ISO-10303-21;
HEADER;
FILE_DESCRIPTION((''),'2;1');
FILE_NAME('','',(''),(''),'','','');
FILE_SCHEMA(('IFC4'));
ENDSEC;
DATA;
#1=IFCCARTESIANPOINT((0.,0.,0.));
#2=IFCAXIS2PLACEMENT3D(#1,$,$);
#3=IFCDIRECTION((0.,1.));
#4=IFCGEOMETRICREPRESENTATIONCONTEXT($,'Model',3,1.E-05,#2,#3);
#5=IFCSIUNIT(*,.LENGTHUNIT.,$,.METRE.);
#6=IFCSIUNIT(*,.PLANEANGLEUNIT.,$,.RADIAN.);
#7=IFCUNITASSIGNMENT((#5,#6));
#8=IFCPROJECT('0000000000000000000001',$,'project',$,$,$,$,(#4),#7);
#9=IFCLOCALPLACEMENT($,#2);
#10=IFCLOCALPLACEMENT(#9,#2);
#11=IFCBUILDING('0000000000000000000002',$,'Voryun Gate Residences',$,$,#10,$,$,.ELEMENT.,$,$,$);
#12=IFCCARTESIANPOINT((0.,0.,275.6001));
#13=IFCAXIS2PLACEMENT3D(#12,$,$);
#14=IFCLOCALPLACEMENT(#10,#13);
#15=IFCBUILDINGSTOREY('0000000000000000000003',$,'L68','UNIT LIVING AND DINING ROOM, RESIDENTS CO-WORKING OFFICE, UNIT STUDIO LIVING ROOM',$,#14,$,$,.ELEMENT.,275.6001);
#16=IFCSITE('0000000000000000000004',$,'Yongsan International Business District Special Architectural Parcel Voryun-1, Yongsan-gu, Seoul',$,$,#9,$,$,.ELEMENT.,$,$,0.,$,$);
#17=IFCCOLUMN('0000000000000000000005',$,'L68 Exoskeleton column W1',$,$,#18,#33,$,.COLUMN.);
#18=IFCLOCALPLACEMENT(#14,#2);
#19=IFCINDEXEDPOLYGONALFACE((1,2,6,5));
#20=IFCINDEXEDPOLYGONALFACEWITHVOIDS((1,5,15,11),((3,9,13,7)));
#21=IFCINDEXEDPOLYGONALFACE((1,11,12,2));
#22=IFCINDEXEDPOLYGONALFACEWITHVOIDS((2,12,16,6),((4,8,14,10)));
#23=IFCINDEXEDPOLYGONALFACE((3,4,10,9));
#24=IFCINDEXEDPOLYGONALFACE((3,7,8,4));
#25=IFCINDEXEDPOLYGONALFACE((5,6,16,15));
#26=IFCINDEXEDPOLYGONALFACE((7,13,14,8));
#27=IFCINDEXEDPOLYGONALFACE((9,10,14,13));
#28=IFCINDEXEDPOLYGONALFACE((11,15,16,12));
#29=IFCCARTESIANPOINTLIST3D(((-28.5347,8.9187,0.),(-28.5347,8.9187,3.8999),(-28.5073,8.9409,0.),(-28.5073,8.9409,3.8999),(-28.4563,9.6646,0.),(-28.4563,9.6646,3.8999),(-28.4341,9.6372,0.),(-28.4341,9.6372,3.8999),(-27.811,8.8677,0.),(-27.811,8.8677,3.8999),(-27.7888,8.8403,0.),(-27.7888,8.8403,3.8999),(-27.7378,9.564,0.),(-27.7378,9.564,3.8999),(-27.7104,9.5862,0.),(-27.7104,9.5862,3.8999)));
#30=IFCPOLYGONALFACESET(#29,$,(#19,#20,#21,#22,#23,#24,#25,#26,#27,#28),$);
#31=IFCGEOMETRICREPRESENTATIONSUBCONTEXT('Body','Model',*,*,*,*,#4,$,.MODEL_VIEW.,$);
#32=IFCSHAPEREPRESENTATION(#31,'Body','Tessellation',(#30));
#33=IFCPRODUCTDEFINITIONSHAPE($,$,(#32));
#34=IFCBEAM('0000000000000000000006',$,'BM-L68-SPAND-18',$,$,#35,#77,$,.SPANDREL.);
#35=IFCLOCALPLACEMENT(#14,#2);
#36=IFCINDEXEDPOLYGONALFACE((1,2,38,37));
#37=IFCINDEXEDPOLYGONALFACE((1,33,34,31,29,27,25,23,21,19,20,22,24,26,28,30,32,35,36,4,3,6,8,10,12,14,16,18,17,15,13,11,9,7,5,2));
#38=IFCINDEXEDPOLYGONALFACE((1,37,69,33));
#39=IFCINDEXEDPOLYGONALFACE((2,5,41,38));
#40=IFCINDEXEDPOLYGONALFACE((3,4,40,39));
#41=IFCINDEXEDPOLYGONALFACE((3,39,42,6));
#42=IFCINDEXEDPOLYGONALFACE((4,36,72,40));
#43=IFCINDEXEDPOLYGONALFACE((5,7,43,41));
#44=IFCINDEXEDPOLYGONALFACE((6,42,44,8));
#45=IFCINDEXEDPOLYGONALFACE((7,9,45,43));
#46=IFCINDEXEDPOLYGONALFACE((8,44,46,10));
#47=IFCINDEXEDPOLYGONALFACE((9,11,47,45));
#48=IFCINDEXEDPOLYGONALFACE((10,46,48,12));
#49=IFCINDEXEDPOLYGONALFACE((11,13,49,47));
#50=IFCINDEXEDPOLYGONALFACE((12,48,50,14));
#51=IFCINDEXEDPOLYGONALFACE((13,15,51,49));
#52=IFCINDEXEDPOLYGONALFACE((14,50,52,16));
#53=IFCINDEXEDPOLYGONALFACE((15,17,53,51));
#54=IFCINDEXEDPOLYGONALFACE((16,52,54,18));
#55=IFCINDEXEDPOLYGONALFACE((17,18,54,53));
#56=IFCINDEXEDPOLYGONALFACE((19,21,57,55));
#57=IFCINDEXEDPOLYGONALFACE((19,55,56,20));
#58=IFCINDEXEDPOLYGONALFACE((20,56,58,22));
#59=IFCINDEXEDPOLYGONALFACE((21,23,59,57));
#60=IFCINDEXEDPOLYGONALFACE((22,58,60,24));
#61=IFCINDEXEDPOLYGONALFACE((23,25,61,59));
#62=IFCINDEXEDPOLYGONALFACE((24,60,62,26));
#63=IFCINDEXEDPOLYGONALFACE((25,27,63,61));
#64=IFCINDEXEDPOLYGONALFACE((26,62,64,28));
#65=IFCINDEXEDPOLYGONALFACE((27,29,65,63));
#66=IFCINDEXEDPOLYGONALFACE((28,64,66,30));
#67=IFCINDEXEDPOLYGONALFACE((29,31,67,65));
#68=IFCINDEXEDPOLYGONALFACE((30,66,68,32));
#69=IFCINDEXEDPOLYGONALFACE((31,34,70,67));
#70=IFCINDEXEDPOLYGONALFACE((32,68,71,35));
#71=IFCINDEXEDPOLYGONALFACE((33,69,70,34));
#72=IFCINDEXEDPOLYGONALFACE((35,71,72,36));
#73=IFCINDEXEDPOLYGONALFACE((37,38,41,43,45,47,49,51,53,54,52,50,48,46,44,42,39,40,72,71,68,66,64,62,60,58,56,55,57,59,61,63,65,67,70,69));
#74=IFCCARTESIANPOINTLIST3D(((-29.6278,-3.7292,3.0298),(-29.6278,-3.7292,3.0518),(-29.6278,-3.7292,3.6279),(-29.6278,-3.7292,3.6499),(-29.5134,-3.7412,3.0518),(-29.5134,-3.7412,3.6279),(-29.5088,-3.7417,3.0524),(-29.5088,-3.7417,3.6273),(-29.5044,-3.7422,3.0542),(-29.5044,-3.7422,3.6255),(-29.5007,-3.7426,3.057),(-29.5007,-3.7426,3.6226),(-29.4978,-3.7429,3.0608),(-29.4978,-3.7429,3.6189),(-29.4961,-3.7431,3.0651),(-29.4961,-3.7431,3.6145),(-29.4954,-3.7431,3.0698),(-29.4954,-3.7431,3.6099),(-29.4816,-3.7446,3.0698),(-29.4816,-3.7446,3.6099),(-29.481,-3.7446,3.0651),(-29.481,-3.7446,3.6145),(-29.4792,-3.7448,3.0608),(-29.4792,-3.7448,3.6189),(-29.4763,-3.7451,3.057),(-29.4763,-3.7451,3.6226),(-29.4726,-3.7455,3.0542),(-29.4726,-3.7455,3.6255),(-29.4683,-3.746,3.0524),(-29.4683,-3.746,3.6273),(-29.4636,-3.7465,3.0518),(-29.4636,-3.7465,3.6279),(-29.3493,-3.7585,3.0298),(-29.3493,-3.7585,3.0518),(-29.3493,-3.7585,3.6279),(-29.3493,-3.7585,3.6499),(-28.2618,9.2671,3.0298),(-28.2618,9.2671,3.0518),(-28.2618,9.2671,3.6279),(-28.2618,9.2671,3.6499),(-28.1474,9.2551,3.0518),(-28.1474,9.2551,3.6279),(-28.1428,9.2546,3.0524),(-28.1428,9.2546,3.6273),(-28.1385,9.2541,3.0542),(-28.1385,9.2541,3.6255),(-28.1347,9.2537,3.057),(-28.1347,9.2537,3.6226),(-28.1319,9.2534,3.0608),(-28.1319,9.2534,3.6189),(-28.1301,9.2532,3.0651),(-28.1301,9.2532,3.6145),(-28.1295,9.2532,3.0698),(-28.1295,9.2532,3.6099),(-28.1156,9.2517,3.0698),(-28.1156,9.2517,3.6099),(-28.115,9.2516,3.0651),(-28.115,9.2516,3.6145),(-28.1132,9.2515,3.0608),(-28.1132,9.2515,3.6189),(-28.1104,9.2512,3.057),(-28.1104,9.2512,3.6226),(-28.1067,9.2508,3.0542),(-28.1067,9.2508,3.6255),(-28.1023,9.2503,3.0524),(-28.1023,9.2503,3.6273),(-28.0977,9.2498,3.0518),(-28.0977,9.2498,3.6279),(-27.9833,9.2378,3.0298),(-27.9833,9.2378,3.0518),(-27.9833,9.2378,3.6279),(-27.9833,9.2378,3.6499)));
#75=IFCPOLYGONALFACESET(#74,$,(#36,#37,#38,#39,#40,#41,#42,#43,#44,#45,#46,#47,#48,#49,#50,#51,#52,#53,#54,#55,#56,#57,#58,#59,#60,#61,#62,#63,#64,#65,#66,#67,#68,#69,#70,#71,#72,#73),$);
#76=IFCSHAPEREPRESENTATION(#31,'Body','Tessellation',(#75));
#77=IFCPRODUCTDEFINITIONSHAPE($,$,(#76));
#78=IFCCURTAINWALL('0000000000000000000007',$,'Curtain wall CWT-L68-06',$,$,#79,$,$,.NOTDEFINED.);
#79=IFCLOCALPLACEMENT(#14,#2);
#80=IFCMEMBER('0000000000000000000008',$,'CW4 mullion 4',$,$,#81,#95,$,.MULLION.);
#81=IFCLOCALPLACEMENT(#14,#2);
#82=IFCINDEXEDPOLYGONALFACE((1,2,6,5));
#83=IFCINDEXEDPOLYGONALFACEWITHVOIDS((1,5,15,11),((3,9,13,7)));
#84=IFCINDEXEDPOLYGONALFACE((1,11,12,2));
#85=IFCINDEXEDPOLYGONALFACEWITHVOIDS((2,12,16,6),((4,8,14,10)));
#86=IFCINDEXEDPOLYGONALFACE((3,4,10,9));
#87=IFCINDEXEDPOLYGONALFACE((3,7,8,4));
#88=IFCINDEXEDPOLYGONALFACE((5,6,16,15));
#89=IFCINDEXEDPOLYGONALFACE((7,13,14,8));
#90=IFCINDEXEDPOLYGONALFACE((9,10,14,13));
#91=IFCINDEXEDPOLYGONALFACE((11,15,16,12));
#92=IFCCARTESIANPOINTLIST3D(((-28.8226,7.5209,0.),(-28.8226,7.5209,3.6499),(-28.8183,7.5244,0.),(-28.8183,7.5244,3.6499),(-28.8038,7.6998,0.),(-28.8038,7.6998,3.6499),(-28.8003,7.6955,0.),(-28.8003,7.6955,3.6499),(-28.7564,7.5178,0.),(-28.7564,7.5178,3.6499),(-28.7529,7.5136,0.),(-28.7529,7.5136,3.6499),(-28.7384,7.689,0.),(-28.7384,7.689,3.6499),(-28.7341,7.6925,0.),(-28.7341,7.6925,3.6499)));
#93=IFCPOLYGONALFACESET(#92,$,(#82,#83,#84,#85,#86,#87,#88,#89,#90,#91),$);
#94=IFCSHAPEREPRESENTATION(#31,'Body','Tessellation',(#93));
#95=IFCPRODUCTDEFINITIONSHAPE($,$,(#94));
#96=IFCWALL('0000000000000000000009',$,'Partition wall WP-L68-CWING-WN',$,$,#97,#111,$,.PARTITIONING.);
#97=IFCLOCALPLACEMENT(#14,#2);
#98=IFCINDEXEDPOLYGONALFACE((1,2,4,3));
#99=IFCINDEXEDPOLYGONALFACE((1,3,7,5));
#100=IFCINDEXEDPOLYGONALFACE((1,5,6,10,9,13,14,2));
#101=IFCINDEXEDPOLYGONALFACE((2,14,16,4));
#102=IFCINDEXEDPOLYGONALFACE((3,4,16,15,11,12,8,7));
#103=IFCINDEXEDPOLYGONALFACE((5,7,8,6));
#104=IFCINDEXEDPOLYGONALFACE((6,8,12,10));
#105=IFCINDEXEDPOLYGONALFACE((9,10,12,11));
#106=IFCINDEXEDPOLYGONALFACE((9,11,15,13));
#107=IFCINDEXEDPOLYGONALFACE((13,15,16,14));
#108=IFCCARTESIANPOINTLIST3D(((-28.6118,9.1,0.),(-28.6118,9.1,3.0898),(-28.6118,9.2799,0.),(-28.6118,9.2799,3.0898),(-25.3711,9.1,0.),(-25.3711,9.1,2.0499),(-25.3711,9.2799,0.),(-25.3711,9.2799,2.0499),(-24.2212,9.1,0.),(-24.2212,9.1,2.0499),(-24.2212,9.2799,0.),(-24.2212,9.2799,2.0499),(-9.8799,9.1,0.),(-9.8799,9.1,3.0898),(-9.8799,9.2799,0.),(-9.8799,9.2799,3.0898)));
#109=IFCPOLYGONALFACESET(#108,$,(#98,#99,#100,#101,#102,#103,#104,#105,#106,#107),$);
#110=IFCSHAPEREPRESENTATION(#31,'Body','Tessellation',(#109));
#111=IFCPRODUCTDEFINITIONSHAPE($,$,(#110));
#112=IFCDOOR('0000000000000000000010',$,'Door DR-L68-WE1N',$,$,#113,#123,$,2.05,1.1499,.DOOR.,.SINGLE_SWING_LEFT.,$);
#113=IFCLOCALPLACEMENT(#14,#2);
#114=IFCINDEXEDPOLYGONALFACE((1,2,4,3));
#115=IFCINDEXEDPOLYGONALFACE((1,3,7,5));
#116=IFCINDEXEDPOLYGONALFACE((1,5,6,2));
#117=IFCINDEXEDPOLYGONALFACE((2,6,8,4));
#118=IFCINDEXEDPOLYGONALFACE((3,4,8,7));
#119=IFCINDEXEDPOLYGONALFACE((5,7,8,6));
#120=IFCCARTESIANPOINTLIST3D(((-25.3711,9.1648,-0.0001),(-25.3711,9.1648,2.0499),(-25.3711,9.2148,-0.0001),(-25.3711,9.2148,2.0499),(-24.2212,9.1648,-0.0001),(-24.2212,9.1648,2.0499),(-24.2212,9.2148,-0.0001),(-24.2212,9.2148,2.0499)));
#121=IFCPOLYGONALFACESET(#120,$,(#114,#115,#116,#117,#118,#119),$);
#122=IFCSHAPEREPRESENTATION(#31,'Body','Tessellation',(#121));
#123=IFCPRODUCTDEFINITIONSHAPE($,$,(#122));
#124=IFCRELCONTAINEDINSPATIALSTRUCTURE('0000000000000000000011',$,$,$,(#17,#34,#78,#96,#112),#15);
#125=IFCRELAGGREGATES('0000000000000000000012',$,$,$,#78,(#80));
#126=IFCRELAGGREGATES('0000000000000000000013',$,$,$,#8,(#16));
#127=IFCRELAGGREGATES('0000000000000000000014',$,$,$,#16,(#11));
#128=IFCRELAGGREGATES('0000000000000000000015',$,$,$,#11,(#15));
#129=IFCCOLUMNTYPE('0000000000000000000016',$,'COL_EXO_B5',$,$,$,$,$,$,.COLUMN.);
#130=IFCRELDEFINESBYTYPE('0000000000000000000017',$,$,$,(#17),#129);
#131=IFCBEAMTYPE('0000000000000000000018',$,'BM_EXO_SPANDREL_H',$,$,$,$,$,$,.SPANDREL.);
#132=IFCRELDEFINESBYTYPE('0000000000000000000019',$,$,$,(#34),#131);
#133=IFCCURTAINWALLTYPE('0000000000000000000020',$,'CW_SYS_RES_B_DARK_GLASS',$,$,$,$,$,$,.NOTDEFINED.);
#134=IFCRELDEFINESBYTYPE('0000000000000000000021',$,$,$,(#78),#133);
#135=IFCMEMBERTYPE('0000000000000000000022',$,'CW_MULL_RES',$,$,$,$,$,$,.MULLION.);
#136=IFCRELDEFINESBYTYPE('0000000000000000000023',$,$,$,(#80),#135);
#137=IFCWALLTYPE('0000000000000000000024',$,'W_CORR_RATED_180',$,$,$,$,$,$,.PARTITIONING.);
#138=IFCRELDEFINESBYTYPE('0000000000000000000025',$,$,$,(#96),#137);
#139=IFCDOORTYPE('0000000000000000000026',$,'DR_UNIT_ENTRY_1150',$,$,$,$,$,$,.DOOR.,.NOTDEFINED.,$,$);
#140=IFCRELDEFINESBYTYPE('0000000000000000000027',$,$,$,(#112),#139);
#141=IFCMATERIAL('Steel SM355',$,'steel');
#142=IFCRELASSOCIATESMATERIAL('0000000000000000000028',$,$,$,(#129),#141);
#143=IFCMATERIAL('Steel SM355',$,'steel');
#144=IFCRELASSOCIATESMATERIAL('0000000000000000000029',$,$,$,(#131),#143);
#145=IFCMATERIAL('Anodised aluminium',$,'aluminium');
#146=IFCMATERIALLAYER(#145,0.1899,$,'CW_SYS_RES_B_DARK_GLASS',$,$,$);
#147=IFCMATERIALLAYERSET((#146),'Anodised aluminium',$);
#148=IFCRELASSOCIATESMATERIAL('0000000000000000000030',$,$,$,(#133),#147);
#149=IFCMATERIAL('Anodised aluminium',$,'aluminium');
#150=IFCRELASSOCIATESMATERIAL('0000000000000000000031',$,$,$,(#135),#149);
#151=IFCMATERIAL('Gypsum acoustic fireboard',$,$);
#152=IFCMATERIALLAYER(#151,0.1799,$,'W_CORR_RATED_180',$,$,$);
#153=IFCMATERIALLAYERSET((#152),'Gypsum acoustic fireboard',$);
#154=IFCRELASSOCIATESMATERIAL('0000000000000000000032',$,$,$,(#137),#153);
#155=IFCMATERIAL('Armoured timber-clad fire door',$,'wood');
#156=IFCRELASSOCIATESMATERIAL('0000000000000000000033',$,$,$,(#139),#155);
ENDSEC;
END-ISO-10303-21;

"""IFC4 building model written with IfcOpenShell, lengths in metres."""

from ifc_helpers import new_model, si_unit, direction, frame, frame_2d, origin, origin_2d, place, context, subcontext, project, spatial, rectangle, hollow_rectangle, i_section, extrude, material, layer, layer_set, material_profile, profile_set, type_object, element, fill, aggregate, save


model = new_model("IFC4")

# Units and contexts
model_context = context("Model", 3, precision=1e-05, world=origin(), true_north=direction((0.0, 1.0)))
body_context = subcontext(model_context, "Body", "Model", "MODEL_VIEW")
ifc_project = project(units=[si_unit("LENGTHUNIT", "METRE"), si_unit("PLANEANGLEUNIT", "RADIAN")], contexts=[model_context])

# Site, building, storey
site_placement = place(None, origin())
site = spatial("IfcSite", under=ifc_project, at=site_placement, Name="Yongsan International Business District Special Architectural Parcel Voryun-1, Yongsan-gu, Seoul", CompositionType="ELEMENT", RefElevation=0.0)
building_placement = place(site_placement, origin())
building = spatial("IfcBuilding", under=site, at=building_placement, Name="Voryun Gate Residences", CompositionType="ELEMENT")
storey_placement = place(building_placement, frame((0.0, 0.0, 275.6001)))
storey = spatial("IfcBuildingStorey", under=building, at=storey_placement, Name="L68", Description="UNIT LIVING AND DINING ROOM, RESIDENTS CO-WORKING OFFICE, UNIT STUDIO LIVING ROOM", CompositionType="ELEMENT", Elevation=275.6001)

# Column
ifc_material_1 = material(Name="Steel SM355", Category="steel")
ifc_material_profile_1 = material_profile(ifc_material_1, hollow_rectangle(XDim=0.75, YDim=0.75, WallThickness=0.0249, at=origin_2d()), Name="BOX-750x750x25")
ifc_profile_set_1 = profile_set([ifc_material_profile_1], Name="Steel SM355")
column_type = type_object("IfcColumnType", Name="COL_EXO_B5", PredefinedType="COLUMN", material=ifc_profile_set_1)
column_placement = place(storey_placement, frame((-28.1226, 9.2524, 0.0), z_axis=(0.0, 0.0, 1.0), x_axis=(0.994522, -0.104528, 0.0)))
element("IfcColumn", 1, at=column_placement, inside=storey, type_object=column_type, Name="L68 Exoskeleton column W1", PredefinedType="COLUMN", context=body_context, shape_type="SweptSolid", body=[
    extrude(hollow_rectangle(XDim=0.75, YDim=0.75, WallThickness=0.0249, at=origin_2d()), origin(), (0.0, 0.0, 1.0), 3.8999),
])

# Beam
ifc_material_2 = material(Name="Steel SM355", Category="steel")
ifc_material_profile_2 = material_profile(ifc_material_2, i_section(OverallWidth=0.28, OverallDepth=0.6201, WebThickness=0.0139, FlangeThickness=0.022, FilletRadius=0.0181, at=origin_2d()), Name="H-620x280x14x22")
ifc_profile_set_2 = profile_set([ifc_material_profile_2], Name="Steel SM355")
beam_type = type_object("IfcBeamType", Name="BM_EXO_SPANDREL_H", PredefinedType="SPANDREL", material=ifc_profile_set_2)
beam_placement = place(storey_placement, frame((-28.1226, 9.2524, 3.3398), z_axis=(-0.104528, -0.994522, 0.0), x_axis=(0.994522, -0.104528, 0.0)))
element("IfcBeam", 2, at=beam_placement, inside=storey, type_object=beam_type, Name="BM-L68-SPAND-18", PredefinedType="SPANDREL", context=body_context, shape_type="SweptSolid", body=[
    extrude(i_section(OverallWidth=0.28, OverallDepth=0.6201, WebThickness=0.0139, FlangeThickness=0.022, FilletRadius=0.0181, at=origin_2d()), origin(), (0.0, 0.0, 1.0), 13.0679),
])

# Curtain wall, member
ifc_material_3 = material(Name="Anodised aluminium", Category="aluminium")
ifc_layer_1 = layer(ifc_material_3, 0.1899, Name="CW_SYS_RES_B_DARK_GLASS")
ifc_layer_set_1 = layer_set([ifc_layer_1], Name="Anodised aluminium")
curtain_wall_type = type_object("IfcCurtainWallType", Name="CW_SYS_RES_B_DARK_GLASS", PredefinedType="NOTDEFINED", material=ifc_layer_set_1)
curtain_wall_placement = place(storey_placement, origin())
curtain_wall = element("IfcCurtainWall", 3, at=curtain_wall_placement, inside=storey, type_object=curtain_wall_type, Name="Curtain wall CWT-L68-06", PredefinedType="NOTDEFINED")
ifc_material_4 = material(Name="Anodised aluminium", Category="aluminium")
ifc_material_profile_3 = material_profile(ifc_material_4, hollow_rectangle(XDim=0.0701, YDim=0.1799, WallThickness=0.0039, at=origin_2d()), Name="ALU-MULL-180x70x4")
ifc_profile_set_3 = profile_set([ifc_material_profile_3], Name="Anodised aluminium")
member_type = type_object("IfcMemberType", Name="CW_MULL_RES", PredefinedType="MULLION", material=ifc_profile_set_3)
member_placement = place(storey_placement, frame((-28.7783, 7.6067, 0.0), z_axis=(0.0, 0.0, 1.0), x_axis=(-0.994521, 0.104536, 0.0)))
member = element("IfcMember", 4, at=member_placement, type_object=member_type, Name="CW4 mullion 4", PredefinedType="MULLION", context=body_context, shape_type="SweptSolid", body=[
    extrude(hollow_rectangle(XDim=0.0701, YDim=0.1799, WallThickness=0.0039, at=origin_2d()), origin(), (0.0, 0.0, 1.0), 3.6499),
])
aggregate(curtain_wall, [member])

# Wall, opening, door
ifc_material_5 = material(Name="Gypsum acoustic fireboard")
ifc_layer_2 = layer(ifc_material_5, 0.1799, Name="W_CORR_RATED_180")
ifc_layer_set_2 = layer_set([ifc_layer_2], Name="Gypsum acoustic fireboard")
wall_type_1 = type_object("IfcWallType", Name="W_CORR_RATED_180", PredefinedType="PARTITIONING", material=ifc_layer_set_2)
wall_1_placement = place(storey_placement, frame((-28.6118, 9.1899, 0.0), z_axis=(0.0, 0.0, 1.0), x_axis=(1.0, 0.0, 0.0)))
wall_1 = element("IfcWall", 5, at=wall_1_placement, inside=storey, type_object=wall_type_1, Name="Partition wall WP-L68-CWING-WN", PredefinedType="PARTITIONING", context=body_context, shape_type="SweptSolid", body=[
    extrude(rectangle(XDim=18.7319, YDim=0.1799, at=frame_2d((9.366, 0.0))), origin(), (0.0, 0.0, 1.0), 3.0898),
])
opening_1_placement = place(wall_1_placement, frame((3.2407, 0.0, 0.0)))
opening_1 = element("IfcOpeningElement", 6, at=opening_1_placement, cuts=wall_1, PredefinedType="OPENING", context=body_context, shape_type="SweptSolid", body=[
    extrude(rectangle(XDim=1.1499, YDim=2.05, at=frame_2d((0.575, 1.0249))), frame((0.0, 0.0999, 0.0), z_axis=(0.0, -1.0, 0.0), x_axis=(1.0, 0.0, 0.0)), (0.0, 0.0, 1.0), 0.2),
])
ifc_material_6 = material(Name="Armoured timber-clad fire door", Category="wood")
door_type_1 = type_object("IfcDoorType", Name="DR_UNIT_ENTRY_1150", OperationType="NOTDEFINED", PredefinedType="DOOR", material=ifc_material_6)
door_1_placement = place(opening_1_placement, origin())
door_1 = element("IfcDoor", 7, at=door_1_placement, inside=storey, type_object=door_type_1, Name="Door DR-L68-WE1N", OperationType="SINGLE_SWING_LEFT", OverallHeight=2.05, OverallWidth=1.1499, PredefinedType="DOOR", context=body_context, shape_type="SweptSolid", body=[
    extrude(rectangle(XDim=1.1499, YDim=2.05, at=frame_2d((0.575, 1.0249))), frame((0.0, 0.0249, 0.0), z_axis=(0.0, -1.0, 0.0), x_axis=(1.0, 0.0, 0.0)), (0.0, 0.0, 1.0), 0.05),
])
fill(opening_1, door_1)

save(model, "model.ifc")
